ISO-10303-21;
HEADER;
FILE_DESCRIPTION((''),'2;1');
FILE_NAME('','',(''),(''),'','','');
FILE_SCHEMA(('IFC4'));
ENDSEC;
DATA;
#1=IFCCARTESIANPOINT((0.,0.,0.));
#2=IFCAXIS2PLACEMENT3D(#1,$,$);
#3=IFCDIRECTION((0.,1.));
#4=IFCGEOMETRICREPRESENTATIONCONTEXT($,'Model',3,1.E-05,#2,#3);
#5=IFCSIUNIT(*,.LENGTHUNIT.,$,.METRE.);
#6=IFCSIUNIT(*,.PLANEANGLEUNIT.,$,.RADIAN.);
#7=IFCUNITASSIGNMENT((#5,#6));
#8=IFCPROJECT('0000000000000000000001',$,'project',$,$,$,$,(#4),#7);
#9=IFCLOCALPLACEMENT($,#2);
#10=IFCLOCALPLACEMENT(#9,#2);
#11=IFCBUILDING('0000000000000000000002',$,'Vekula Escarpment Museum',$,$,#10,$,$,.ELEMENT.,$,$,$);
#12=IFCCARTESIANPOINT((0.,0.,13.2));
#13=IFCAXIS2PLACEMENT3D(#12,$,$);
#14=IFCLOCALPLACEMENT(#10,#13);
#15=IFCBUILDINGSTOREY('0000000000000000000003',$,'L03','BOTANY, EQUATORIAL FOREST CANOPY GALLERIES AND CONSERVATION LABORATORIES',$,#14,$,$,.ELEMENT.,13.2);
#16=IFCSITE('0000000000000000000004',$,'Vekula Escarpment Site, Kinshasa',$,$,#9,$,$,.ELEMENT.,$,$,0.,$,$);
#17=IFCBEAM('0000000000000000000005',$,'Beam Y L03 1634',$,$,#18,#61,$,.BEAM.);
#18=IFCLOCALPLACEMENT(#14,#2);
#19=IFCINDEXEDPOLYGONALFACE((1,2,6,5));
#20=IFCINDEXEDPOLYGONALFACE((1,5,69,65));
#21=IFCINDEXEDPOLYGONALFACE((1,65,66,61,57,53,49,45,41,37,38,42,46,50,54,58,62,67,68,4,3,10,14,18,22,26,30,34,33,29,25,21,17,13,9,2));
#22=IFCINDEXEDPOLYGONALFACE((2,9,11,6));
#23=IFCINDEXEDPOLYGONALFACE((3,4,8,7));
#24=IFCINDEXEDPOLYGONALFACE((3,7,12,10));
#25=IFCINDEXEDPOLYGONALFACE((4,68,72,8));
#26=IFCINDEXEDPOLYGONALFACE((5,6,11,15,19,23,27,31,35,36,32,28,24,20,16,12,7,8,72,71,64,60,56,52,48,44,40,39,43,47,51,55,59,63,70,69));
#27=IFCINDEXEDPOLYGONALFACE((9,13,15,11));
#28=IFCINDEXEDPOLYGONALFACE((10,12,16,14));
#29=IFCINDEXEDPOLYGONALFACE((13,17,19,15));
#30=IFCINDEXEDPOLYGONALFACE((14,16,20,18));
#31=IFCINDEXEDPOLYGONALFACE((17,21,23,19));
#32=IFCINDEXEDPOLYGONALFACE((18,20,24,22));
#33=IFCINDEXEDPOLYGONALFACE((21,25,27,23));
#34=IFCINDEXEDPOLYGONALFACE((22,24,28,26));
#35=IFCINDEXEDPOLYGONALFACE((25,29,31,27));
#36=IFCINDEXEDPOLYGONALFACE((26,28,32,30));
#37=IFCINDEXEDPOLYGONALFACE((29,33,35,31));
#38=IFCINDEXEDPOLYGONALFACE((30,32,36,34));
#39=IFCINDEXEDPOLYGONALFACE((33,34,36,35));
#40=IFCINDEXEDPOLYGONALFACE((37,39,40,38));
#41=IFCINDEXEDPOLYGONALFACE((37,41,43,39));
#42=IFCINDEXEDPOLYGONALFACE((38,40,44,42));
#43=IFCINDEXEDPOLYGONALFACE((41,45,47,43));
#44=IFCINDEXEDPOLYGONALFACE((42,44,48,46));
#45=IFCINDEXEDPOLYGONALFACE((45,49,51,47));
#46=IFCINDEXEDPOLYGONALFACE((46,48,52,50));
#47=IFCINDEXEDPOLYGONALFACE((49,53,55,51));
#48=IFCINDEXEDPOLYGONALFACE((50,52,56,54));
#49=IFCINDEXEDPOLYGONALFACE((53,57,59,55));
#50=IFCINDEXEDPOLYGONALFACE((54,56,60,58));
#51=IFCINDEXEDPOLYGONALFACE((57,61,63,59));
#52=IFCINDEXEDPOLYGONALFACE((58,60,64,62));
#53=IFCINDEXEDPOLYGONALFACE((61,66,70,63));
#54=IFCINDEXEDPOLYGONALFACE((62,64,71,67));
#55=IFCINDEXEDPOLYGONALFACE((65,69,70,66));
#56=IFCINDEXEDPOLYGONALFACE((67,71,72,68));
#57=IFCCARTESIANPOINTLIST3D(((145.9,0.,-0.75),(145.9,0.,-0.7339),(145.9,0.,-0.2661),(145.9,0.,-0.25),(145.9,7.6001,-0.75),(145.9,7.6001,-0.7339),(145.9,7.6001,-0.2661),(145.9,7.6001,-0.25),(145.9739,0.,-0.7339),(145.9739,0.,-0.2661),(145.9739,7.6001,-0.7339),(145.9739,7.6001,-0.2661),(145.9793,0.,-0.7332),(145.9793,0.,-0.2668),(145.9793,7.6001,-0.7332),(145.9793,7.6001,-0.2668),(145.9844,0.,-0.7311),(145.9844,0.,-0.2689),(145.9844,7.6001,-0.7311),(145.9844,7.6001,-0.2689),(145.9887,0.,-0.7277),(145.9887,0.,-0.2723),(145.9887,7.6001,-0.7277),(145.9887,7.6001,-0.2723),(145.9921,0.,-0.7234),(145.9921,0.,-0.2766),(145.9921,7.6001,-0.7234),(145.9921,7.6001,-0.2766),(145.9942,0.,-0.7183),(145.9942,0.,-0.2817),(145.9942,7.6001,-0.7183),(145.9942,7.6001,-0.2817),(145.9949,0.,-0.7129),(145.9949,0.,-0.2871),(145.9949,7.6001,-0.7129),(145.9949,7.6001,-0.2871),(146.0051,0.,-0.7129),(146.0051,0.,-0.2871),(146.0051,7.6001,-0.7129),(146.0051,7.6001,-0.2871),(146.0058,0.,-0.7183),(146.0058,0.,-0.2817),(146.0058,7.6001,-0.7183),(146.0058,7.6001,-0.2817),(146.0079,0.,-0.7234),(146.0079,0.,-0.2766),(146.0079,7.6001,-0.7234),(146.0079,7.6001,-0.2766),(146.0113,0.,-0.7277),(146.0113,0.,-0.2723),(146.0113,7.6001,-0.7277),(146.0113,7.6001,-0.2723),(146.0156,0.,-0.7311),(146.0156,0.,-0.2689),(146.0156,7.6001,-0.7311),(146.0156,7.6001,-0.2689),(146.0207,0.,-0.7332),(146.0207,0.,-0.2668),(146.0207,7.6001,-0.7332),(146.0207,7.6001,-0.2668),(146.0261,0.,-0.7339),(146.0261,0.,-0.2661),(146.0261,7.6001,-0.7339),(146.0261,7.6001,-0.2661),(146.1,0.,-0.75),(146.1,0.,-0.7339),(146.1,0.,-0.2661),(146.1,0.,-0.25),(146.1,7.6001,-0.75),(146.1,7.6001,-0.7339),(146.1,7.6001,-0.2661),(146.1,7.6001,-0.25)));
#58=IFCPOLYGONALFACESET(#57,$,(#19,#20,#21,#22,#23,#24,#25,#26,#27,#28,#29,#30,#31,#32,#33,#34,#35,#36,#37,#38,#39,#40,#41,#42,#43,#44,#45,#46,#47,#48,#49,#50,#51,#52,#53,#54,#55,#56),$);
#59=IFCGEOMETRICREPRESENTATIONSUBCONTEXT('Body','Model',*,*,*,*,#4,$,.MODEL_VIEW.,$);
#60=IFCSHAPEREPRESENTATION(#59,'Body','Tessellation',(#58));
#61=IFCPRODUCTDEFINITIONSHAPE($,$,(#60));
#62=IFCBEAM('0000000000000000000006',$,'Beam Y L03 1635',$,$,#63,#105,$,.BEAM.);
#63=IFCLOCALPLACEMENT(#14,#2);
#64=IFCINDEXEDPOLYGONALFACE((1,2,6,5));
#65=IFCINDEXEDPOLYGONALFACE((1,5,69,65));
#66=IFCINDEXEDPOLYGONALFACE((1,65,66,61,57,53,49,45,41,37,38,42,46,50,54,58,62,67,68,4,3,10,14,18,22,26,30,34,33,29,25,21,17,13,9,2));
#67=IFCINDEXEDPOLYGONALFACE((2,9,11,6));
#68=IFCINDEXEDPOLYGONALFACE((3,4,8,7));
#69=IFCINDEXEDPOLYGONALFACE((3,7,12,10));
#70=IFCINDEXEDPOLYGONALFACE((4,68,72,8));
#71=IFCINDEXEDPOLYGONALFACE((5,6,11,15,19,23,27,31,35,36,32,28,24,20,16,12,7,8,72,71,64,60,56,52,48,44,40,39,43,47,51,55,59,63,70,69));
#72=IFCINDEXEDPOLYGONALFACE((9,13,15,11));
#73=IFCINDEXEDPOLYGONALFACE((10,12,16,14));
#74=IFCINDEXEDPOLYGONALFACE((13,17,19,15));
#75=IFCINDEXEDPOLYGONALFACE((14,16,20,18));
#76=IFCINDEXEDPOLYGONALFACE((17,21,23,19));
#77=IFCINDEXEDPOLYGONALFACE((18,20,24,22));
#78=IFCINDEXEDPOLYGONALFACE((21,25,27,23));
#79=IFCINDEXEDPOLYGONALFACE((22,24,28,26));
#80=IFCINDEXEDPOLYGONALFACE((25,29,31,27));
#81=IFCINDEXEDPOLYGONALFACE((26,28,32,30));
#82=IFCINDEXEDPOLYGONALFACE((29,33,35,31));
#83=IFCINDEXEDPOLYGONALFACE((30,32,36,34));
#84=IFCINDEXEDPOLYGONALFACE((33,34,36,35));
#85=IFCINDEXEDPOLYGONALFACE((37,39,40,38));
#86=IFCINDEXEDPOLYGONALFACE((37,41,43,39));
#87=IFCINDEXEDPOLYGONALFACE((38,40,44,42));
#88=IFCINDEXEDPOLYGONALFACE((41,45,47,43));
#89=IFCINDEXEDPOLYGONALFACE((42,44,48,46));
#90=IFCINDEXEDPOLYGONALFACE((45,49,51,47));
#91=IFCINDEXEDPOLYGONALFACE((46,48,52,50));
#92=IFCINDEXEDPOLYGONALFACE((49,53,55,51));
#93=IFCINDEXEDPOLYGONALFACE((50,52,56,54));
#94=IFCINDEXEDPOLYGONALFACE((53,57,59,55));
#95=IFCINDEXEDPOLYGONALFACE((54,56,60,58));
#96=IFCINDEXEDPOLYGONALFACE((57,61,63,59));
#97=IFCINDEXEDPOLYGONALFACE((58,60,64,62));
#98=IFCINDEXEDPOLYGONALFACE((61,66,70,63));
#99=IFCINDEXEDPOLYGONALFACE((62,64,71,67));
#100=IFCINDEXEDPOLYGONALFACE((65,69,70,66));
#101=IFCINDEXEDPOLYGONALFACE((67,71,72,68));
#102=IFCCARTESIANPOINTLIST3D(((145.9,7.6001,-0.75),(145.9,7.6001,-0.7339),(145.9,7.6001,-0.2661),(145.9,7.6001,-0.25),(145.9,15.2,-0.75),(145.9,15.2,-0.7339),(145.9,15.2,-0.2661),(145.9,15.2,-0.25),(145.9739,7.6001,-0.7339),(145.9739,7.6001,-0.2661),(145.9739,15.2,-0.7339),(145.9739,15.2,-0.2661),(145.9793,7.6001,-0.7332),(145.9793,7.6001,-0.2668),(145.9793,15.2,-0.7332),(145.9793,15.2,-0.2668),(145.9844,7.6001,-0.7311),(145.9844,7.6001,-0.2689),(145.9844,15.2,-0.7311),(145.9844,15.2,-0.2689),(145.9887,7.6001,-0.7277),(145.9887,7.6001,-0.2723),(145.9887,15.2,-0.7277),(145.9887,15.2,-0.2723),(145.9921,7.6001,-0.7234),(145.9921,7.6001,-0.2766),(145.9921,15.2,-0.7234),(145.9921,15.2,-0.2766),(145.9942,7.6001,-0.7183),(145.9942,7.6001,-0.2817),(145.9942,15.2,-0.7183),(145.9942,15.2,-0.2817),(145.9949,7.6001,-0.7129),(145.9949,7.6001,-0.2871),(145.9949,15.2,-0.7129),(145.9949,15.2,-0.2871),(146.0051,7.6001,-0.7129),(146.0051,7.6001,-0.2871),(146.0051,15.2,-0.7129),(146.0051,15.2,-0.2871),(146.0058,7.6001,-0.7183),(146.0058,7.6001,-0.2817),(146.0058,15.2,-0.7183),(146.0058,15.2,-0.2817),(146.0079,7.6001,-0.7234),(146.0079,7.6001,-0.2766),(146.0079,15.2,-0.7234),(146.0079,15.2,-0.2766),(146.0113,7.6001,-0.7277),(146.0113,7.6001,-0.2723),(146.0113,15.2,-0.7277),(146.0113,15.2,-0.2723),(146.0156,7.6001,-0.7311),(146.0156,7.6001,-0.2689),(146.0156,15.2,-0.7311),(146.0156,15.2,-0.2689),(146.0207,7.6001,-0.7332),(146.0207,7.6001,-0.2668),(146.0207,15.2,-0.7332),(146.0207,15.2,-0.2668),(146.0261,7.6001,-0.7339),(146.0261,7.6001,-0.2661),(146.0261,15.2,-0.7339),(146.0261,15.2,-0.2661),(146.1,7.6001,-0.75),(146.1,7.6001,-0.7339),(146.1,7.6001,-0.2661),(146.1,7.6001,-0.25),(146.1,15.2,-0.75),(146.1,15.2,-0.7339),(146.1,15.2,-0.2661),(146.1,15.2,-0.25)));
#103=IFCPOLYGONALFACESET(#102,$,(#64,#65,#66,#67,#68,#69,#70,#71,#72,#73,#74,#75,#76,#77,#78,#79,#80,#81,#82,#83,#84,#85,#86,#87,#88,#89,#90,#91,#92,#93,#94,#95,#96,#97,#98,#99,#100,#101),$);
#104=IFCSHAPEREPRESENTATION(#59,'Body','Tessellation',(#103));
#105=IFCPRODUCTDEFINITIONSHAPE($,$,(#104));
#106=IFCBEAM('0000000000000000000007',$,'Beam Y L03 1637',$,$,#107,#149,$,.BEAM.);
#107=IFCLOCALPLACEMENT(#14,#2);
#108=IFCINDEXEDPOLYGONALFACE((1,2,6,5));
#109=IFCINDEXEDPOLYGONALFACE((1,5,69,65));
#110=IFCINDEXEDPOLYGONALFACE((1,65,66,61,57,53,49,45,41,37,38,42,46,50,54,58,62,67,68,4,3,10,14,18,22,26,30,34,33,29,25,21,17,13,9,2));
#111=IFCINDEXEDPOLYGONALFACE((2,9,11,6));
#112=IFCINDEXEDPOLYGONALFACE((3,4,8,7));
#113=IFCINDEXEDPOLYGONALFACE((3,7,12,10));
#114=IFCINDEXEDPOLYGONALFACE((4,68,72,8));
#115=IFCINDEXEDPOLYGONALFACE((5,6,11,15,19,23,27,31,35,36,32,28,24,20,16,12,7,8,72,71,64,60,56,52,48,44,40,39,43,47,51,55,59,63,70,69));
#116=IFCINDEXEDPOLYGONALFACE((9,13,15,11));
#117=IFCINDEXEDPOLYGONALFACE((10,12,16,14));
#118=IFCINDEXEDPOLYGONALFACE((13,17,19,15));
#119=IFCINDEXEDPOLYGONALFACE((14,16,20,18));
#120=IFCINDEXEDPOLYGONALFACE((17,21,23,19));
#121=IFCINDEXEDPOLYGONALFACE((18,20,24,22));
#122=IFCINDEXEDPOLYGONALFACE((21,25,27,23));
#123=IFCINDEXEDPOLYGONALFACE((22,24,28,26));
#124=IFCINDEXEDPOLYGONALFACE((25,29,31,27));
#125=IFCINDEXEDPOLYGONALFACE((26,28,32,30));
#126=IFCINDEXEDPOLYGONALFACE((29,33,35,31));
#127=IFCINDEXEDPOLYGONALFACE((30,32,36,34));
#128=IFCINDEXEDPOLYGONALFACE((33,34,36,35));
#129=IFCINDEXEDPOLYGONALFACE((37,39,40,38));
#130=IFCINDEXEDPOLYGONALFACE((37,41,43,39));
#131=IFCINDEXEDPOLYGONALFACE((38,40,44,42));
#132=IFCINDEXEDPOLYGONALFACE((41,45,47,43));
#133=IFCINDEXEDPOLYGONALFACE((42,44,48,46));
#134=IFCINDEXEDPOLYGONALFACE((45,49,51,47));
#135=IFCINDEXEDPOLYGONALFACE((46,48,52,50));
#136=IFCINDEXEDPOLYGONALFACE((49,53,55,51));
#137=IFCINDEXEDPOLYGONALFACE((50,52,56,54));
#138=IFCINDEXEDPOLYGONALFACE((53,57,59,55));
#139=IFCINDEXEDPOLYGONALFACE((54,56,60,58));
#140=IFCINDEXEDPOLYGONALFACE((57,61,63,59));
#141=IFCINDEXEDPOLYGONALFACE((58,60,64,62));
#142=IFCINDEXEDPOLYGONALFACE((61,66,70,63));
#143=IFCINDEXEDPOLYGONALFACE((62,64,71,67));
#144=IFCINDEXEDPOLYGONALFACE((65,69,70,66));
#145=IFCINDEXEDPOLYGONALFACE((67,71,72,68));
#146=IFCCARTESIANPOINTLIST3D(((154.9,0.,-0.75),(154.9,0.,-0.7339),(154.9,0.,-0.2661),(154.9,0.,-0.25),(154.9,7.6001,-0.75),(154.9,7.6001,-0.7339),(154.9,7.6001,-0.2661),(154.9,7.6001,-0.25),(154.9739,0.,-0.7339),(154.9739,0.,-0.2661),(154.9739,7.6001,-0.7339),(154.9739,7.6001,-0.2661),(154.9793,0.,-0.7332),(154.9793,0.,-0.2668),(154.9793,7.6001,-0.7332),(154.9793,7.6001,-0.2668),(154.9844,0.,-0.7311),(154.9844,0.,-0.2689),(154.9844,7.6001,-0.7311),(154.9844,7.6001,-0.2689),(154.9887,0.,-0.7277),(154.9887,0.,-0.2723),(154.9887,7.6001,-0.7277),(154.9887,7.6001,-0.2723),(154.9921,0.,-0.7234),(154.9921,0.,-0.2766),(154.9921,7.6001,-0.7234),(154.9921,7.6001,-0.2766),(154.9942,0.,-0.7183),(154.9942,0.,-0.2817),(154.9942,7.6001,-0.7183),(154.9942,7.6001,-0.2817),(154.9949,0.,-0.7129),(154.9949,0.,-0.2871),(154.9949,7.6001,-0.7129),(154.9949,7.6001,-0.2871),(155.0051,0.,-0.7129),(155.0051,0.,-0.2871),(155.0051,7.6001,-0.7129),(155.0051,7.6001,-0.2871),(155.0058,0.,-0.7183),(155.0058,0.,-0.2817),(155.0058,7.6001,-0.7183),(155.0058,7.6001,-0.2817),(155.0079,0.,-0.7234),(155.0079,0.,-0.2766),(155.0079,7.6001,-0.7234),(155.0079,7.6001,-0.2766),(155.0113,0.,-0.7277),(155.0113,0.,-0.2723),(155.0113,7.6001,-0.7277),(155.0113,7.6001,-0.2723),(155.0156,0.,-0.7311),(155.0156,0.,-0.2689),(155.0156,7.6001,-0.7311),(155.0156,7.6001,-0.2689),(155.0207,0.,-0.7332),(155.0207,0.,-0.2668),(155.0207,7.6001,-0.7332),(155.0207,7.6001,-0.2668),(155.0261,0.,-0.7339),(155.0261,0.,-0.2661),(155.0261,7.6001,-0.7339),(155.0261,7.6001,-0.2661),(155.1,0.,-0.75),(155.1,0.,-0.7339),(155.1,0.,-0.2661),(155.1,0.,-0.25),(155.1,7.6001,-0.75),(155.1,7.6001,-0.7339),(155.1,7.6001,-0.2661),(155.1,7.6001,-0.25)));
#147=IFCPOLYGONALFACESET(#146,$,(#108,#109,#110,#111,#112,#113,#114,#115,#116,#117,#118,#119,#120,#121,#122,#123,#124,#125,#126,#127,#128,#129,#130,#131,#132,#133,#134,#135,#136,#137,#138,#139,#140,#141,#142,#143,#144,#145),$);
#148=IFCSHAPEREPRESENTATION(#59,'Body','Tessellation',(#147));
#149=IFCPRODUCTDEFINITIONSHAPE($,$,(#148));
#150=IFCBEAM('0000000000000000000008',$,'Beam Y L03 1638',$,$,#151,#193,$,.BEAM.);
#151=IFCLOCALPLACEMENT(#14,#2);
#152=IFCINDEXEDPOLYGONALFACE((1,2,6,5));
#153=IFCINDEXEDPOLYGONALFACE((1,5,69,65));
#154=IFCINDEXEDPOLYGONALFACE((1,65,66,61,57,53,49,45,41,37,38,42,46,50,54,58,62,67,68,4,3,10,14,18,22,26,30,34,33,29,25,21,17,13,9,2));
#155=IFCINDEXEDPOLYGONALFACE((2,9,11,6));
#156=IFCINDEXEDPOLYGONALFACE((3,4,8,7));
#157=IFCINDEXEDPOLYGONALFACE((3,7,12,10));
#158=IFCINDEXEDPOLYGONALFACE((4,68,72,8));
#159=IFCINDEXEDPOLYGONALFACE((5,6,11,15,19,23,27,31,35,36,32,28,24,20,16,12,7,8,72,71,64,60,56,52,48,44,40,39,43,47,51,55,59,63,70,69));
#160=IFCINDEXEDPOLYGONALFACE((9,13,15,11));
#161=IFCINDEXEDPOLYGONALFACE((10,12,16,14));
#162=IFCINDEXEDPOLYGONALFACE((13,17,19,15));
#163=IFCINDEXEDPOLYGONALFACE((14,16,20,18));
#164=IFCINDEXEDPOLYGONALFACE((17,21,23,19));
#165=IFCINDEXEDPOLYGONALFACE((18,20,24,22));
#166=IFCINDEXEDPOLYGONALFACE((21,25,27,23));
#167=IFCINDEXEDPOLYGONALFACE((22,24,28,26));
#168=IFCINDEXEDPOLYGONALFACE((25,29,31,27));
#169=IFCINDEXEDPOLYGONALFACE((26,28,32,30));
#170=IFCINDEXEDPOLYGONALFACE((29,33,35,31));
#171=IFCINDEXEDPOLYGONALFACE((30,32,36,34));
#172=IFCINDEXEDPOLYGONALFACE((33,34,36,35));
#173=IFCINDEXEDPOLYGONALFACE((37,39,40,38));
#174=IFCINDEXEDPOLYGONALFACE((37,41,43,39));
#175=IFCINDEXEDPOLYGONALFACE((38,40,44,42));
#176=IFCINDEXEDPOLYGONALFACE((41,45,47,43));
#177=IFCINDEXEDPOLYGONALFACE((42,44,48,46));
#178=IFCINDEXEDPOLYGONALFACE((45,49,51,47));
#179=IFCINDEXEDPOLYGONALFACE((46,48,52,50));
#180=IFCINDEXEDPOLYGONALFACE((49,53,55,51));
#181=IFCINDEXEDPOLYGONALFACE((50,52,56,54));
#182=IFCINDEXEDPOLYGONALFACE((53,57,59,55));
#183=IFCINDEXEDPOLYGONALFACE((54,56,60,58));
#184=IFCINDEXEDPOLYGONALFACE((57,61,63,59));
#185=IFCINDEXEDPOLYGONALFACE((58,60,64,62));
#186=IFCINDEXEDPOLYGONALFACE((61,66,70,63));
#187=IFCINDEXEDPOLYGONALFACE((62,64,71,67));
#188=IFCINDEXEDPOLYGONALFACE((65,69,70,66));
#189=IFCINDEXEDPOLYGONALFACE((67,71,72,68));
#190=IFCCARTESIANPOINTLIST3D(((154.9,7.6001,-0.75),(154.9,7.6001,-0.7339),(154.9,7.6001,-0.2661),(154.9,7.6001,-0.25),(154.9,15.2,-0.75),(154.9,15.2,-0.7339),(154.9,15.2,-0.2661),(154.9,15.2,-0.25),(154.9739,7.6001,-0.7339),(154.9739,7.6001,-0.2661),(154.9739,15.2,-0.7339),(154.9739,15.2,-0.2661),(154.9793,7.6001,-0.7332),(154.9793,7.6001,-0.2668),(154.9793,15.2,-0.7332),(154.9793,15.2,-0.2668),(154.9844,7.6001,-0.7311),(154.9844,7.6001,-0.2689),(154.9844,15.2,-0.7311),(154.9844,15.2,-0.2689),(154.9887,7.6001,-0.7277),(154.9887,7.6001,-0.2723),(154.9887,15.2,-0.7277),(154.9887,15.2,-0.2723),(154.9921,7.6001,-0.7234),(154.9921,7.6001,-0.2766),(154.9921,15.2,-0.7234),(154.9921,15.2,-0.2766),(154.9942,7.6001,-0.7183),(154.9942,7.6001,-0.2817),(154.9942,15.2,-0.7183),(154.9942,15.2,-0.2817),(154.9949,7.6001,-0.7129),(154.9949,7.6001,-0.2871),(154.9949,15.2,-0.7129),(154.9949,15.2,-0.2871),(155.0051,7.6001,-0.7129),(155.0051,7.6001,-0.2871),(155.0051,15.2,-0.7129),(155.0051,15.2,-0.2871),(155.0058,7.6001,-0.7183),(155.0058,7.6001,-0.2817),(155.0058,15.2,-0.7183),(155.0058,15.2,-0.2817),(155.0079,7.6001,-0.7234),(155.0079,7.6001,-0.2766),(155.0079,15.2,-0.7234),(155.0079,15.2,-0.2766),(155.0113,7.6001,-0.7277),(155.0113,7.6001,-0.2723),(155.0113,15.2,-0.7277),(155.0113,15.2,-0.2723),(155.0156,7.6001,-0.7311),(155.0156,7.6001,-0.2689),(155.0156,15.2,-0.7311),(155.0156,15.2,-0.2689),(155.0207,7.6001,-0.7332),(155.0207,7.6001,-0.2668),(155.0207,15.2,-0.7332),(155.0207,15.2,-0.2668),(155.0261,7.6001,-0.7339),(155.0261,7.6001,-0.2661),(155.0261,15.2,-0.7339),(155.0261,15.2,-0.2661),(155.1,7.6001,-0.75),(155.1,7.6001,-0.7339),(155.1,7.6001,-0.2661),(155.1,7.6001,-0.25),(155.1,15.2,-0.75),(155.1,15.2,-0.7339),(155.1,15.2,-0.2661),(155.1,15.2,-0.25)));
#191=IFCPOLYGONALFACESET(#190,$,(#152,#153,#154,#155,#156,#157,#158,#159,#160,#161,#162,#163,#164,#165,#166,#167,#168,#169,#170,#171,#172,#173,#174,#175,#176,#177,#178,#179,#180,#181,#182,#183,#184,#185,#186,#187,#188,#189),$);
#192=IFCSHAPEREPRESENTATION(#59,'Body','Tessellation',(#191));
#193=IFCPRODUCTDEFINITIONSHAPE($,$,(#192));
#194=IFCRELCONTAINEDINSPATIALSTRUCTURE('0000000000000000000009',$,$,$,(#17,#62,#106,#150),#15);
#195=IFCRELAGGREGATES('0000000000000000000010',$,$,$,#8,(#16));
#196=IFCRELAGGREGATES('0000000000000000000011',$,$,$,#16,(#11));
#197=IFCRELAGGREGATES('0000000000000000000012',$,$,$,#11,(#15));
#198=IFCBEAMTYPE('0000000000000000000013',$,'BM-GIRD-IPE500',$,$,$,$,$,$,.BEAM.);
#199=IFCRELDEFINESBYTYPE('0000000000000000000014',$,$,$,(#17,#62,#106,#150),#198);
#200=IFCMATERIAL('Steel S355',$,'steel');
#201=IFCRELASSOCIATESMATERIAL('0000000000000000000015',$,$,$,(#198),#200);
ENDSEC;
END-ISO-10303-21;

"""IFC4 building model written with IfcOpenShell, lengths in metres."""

from ifc_helpers import new_model, si_unit, direction, frame, origin, origin_2d, place, context, subcontext, project, spatial, i_section, extrude, material, material_profile, profile_set, type_object, element, save


model = new_model("IFC4")

# Units and contexts
model_context = context("Model", 3, precision=1e-05, world=origin(), true_north=direction((0.0, 1.0)))
body_context = subcontext(model_context, "Body", "Model", "MODEL_VIEW")
ifc_project = project(units=[si_unit("LENGTHUNIT", "METRE"), si_unit("PLANEANGLEUNIT", "RADIAN")], contexts=[model_context])

# Site, building, storey
site_placement = place(None, origin())
site = spatial("IfcSite", under=ifc_project, at=site_placement, Name="Vekula Escarpment Site, Kinshasa", CompositionType="ELEMENT", RefElevation=0.0)
building_placement = place(site_placement, origin())
building = spatial("IfcBuilding", under=site, at=building_placement, Name="Vekula Escarpment Museum", CompositionType="ELEMENT")
storey_placement = place(building_placement, frame((0.0, 0.0, 13.2)))
storey = spatial("IfcBuildingStorey", under=building, at=storey_placement, Name="L03", Description="BOTANY, EQUATORIAL FOREST CANOPY GALLERIES AND CONSERVATION LABORATORIES", CompositionType="ELEMENT", Elevation=13.2)

# Beams
ifc_material_1 = material(Name="Steel S355", Category="steel")
ifc_material_profile_1 = material_profile(ifc_material_1, i_section(OverallWidth=0.2, OverallDepth=0.5, WebThickness=0.0103, FlangeThickness=0.0161, FilletRadius=0.021, at=origin_2d()), Name="IPE 500")
ifc_profile_set_1 = profile_set([ifc_material_profile_1], Name="Steel S355")
beam_type_1 = type_object("IfcBeamType", Name="BM-GIRD-IPE500", PredefinedType="BEAM", material=ifc_profile_set_1)
beam_1_placement = place(storey_placement, frame((146.0, 0.0, -0.5), z_axis=(0.0, 1.0, 0.0), x_axis=(-1.0, 0.0, 0.0)))
element("IfcBeam", 1, at=beam_1_placement, inside=storey, type_object=beam_type_1, Name="Beam Y L03 1634", PredefinedType="BEAM", context=body_context, shape_type="SweptSolid", body=[
    extrude(i_section(OverallWidth=0.2, OverallDepth=0.5, WebThickness=0.0103, FlangeThickness=0.0161, FilletRadius=0.021, at=origin_2d()), origin(), (0.0, 0.0, 1.0), 7.6001),
])
beam_2_placement = place(storey_placement, frame((146.0, 7.6001, -0.5), z_axis=(0.0, 1.0, 0.0), x_axis=(-1.0, 0.0, 0.0)))
element("IfcBeam", 2, at=beam_2_placement, inside=storey, type_object=beam_type_1, Name="Beam Y L03 1635", PredefinedType="BEAM", context=body_context, shape_type="SweptSolid", body=[
    extrude(i_section(OverallWidth=0.2, OverallDepth=0.5, WebThickness=0.0103, FlangeThickness=0.0161, FilletRadius=0.021, at=origin_2d()), origin(), (0.0, 0.0, 1.0), 7.5999),
])
beam_3_placement = place(storey_placement, frame((155.0, 0.0, -0.5), z_axis=(0.0, 1.0, 0.0), x_axis=(-1.0, 0.0, 0.0)))
element("IfcBeam", 3, at=beam_3_placement, inside=storey, type_object=beam_type_1, Name="Beam Y L03 1637", PredefinedType="BEAM", context=body_context, shape_type="SweptSolid", body=[
    extrude(i_section(OverallWidth=0.2, OverallDepth=0.5, WebThickness=0.0103, FlangeThickness=0.0161, FilletRadius=0.021, at=origin_2d()), origin(), (0.0, 0.0, 1.0), 7.6001),
])
for number, where, z_axis, x_axis, name in (
    (4, (155.0, 7.6001, -0.5), (0.0, 1.0, 0.0), (-1.0, 0.0, 0.0), "Beam Y L03 1638"),
):
    element("IfcBeam", number, at=place(storey_placement, frame(where, z_axis=z_axis, x_axis=x_axis)), inside=storey, type_object=beam_type_1, Name=name, PredefinedType="BEAM", context=body_context, shape_type="SweptSolid", body=[
        extrude(i_section(OverallWidth=0.2, OverallDepth=0.5, WebThickness=0.0103, FlangeThickness=0.0161, FilletRadius=0.021, at=origin_2d()), origin(), (0.0, 0.0, 1.0), 7.5999),
    ])

save(model, "model.ifc")
